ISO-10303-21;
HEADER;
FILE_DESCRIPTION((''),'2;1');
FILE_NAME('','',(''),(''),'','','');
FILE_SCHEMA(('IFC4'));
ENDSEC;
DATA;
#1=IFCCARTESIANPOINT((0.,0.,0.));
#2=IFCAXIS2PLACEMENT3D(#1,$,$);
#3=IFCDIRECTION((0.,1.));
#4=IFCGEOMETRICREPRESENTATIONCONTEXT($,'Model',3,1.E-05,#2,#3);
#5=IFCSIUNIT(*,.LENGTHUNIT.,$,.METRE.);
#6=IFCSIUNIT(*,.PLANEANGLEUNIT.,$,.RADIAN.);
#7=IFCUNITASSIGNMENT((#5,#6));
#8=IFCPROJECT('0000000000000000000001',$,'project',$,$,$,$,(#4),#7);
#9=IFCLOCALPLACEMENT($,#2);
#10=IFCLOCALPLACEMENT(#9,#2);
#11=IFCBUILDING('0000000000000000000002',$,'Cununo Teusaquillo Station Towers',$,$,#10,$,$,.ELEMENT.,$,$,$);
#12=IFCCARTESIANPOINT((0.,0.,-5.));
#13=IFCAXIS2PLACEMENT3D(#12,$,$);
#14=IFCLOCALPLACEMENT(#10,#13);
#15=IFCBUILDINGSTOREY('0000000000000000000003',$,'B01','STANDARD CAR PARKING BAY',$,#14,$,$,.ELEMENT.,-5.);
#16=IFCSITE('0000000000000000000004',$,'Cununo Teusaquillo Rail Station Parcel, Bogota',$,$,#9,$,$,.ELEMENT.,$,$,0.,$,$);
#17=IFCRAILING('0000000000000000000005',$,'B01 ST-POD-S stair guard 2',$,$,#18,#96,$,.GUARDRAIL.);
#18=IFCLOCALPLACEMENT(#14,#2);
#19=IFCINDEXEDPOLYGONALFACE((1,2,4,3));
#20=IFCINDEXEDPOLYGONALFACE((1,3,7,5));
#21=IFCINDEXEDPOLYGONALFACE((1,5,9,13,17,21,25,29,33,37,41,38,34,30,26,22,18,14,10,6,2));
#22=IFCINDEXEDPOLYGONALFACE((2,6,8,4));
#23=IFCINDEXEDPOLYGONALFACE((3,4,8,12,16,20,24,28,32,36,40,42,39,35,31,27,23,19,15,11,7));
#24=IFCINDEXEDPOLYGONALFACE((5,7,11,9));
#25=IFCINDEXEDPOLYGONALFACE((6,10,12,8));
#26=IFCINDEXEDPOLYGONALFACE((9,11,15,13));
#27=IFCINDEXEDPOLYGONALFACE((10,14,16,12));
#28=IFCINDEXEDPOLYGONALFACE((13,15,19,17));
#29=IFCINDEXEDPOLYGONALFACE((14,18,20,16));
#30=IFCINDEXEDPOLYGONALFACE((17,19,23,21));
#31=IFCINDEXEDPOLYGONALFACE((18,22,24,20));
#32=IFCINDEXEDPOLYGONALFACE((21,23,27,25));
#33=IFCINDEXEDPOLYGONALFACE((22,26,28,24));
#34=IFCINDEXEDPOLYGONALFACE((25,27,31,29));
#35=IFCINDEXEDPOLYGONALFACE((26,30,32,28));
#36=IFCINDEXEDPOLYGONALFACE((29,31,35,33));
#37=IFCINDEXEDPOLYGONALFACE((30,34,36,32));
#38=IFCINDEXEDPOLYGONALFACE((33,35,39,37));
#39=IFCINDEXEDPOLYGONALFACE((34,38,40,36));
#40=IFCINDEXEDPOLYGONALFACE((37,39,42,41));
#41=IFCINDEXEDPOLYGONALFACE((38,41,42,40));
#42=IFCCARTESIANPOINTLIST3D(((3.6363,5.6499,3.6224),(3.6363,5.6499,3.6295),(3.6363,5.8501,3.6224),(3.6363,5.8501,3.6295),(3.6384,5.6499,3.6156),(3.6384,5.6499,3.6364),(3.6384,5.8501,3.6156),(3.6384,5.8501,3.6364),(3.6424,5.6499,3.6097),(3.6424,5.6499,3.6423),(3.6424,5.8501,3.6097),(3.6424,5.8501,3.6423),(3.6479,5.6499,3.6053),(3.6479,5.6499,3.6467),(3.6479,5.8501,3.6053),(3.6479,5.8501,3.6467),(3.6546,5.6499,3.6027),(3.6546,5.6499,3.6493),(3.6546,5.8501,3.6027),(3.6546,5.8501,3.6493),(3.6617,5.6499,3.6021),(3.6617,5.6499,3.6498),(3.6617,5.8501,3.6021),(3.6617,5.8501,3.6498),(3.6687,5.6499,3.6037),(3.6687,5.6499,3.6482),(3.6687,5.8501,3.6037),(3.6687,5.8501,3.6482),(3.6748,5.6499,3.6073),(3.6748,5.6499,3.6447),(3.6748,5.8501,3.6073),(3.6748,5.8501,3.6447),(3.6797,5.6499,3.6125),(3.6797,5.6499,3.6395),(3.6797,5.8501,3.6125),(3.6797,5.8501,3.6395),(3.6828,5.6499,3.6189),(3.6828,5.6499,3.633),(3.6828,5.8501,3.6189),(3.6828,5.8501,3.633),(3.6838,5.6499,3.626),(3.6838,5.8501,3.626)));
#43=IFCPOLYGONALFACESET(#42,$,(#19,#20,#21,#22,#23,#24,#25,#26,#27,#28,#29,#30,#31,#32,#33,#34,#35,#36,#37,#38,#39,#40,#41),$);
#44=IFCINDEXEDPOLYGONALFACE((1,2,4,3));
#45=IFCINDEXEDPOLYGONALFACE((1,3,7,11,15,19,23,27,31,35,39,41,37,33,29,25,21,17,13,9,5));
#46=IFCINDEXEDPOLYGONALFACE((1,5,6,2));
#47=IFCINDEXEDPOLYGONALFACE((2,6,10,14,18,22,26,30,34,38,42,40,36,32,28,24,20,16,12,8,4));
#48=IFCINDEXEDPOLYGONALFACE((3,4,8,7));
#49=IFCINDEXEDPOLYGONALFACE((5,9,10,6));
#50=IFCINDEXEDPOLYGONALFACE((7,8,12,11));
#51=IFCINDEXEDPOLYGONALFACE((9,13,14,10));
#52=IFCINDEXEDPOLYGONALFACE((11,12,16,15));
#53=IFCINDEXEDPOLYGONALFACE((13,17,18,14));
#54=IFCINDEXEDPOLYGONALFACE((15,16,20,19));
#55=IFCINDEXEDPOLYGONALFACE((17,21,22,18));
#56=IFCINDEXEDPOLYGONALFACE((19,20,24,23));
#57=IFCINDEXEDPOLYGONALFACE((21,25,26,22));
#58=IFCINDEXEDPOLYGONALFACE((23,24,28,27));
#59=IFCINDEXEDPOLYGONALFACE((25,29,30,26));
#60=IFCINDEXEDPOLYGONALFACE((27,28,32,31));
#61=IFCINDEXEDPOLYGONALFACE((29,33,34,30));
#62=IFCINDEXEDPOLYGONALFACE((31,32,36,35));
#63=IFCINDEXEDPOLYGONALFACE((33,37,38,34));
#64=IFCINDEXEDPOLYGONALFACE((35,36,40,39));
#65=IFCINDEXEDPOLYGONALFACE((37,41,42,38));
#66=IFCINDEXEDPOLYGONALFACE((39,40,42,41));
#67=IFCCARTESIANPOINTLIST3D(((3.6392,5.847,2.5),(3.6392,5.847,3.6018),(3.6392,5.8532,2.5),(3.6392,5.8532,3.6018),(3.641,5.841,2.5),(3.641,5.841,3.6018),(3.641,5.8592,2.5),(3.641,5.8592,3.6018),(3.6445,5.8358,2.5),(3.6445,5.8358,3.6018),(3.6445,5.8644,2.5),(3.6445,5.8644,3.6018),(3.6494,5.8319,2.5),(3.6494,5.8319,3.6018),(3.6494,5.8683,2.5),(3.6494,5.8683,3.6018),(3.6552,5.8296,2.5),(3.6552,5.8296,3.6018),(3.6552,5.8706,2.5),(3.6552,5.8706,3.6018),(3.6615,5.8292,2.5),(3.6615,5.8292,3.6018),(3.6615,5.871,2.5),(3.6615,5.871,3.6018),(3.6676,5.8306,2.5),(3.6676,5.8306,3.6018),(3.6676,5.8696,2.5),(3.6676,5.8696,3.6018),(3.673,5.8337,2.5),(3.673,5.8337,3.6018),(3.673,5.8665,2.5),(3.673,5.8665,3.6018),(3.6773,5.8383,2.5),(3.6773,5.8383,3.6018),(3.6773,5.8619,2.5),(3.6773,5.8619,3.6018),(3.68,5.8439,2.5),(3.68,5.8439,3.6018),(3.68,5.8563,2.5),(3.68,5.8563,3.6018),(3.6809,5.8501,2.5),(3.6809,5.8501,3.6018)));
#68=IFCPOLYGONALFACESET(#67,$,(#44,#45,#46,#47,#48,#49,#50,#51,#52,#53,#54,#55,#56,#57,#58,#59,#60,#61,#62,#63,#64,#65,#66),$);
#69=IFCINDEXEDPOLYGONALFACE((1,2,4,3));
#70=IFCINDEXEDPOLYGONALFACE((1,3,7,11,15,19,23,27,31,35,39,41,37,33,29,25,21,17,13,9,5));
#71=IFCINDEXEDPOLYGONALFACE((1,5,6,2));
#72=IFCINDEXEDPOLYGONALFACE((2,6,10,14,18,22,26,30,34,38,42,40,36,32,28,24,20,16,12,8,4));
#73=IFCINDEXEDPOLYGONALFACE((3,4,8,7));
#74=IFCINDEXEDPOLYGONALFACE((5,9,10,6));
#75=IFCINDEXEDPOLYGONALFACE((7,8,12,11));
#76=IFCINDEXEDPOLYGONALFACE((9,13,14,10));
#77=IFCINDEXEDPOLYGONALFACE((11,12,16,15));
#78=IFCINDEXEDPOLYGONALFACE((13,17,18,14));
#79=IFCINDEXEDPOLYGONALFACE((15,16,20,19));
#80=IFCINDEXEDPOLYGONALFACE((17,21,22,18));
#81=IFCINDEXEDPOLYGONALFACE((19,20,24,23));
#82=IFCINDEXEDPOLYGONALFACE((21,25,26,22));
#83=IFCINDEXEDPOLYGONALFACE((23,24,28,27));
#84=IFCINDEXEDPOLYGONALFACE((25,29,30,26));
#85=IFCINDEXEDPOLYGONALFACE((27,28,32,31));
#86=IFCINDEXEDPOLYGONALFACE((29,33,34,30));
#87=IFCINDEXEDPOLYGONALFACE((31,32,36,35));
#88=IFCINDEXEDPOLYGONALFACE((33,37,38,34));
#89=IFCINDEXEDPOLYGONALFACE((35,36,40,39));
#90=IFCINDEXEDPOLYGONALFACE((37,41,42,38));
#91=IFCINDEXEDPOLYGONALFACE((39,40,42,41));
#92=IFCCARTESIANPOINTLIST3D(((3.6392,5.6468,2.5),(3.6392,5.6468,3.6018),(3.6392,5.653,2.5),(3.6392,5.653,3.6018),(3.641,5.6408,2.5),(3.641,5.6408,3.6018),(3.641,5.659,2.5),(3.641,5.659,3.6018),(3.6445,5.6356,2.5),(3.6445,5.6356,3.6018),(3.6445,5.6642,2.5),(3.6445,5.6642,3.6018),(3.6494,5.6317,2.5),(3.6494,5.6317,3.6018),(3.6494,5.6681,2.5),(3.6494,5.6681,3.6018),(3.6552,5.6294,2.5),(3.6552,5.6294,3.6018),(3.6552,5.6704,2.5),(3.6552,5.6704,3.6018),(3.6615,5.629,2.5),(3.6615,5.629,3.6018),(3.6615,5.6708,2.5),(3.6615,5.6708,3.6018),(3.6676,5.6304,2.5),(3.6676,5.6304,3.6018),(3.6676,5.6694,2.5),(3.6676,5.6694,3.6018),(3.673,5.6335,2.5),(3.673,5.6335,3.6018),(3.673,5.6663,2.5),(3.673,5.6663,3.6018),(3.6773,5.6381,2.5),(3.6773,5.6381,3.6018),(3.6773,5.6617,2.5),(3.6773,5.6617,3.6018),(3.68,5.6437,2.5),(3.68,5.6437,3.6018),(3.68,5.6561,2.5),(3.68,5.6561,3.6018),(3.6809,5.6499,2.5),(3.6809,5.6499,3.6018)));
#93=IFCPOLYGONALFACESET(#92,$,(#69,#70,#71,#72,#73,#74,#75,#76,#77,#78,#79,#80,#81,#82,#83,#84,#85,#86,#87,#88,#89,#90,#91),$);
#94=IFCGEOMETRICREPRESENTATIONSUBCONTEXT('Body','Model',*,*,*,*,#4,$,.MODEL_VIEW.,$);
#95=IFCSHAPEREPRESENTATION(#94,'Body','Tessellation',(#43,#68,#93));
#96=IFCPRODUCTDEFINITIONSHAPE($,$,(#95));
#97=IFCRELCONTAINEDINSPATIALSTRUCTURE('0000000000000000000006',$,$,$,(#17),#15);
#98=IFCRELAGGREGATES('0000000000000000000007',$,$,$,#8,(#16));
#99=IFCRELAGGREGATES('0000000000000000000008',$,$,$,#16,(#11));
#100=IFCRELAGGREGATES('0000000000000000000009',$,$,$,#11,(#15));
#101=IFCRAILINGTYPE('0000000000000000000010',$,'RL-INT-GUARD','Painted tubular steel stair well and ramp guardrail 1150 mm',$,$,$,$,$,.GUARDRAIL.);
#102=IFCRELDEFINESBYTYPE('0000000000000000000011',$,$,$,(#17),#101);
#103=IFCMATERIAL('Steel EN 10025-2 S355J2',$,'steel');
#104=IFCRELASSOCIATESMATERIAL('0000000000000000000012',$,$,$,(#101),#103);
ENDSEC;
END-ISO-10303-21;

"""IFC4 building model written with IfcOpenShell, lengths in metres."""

from ifc_helpers import new_model, si_unit, direction, frame, origin, origin_2d, place, context, subcontext, project, spatial, circle, extrude, material, type_object, element, save


model = new_model("IFC4")

# Units and contexts
model_context = context("Model", 3, precision=1e-05, world=origin(), true_north=direction((0.0, 1.0)))
body_context = subcontext(model_context, "Body", "Model", "MODEL_VIEW")
ifc_project = project(units=[si_unit("LENGTHUNIT", "METRE"), si_unit("PLANEANGLEUNIT", "RADIAN")], contexts=[model_context])

# Site, building, storey
site_placement = place(None, origin())
site = spatial("IfcSite", under=ifc_project, at=site_placement, Name="Cununo Teusaquillo Rail Station Parcel, Bogota", CompositionType="ELEMENT", RefElevation=0.0)
building_placement = place(site_placement, origin())
building = spatial("IfcBuilding", under=site, at=building_placement, Name="Cununo Teusaquillo Station Towers", CompositionType="ELEMENT")
storey_placement = place(building_placement, frame((0.0, 0.0, -5.0)))
storey = spatial("IfcBuildingStorey", under=building, at=storey_placement, Name="B01", Description="STANDARD CAR PARKING BAY", CompositionType="ELEMENT", Elevation=-5.0)

# Railing
ifc_material_1 = material(Name="Steel EN 10025-2 S355J2", Category="steel")
railing_type_1 = type_object("IfcRailingType", Name="RL-INT-GUARD", Description="Painted tubular steel stair well and ramp guardrail 1150 mm", PredefinedType="GUARDRAIL", material=ifc_material_1)
railing_1_placement = place(storey_placement, frame((3.6599, 5.8501, 2.5)))
element("IfcRailing", 1, at=railing_1_placement, inside=storey, type_object=railing_type_1, Name="B01 ST-POD-S stair guard 2", PredefinedType="GUARDRAIL", context=body_context, shape_type="SweptSolid", body=[
    extrude(circle(Radius=0.0239, at=origin_2d()), frame((0.0, 0.0, 1.126), z_axis=(0.0, -1.0, 0.0), x_axis=(1.0, 0.0, 0.0)), (0.0, 0.0, 1.0), 0.2002),
    extrude(circle(Radius=0.021, at=origin_2d()), origin(), (0.0, 0.0, 1.0), 1.1018),
    extrude(circle(Radius=0.021, at=origin_2d()), frame((0.0, -0.2002, 0.0)), (0.0, 0.0, 1.0), 1.1018),
])

save(model, "model.ifc")
